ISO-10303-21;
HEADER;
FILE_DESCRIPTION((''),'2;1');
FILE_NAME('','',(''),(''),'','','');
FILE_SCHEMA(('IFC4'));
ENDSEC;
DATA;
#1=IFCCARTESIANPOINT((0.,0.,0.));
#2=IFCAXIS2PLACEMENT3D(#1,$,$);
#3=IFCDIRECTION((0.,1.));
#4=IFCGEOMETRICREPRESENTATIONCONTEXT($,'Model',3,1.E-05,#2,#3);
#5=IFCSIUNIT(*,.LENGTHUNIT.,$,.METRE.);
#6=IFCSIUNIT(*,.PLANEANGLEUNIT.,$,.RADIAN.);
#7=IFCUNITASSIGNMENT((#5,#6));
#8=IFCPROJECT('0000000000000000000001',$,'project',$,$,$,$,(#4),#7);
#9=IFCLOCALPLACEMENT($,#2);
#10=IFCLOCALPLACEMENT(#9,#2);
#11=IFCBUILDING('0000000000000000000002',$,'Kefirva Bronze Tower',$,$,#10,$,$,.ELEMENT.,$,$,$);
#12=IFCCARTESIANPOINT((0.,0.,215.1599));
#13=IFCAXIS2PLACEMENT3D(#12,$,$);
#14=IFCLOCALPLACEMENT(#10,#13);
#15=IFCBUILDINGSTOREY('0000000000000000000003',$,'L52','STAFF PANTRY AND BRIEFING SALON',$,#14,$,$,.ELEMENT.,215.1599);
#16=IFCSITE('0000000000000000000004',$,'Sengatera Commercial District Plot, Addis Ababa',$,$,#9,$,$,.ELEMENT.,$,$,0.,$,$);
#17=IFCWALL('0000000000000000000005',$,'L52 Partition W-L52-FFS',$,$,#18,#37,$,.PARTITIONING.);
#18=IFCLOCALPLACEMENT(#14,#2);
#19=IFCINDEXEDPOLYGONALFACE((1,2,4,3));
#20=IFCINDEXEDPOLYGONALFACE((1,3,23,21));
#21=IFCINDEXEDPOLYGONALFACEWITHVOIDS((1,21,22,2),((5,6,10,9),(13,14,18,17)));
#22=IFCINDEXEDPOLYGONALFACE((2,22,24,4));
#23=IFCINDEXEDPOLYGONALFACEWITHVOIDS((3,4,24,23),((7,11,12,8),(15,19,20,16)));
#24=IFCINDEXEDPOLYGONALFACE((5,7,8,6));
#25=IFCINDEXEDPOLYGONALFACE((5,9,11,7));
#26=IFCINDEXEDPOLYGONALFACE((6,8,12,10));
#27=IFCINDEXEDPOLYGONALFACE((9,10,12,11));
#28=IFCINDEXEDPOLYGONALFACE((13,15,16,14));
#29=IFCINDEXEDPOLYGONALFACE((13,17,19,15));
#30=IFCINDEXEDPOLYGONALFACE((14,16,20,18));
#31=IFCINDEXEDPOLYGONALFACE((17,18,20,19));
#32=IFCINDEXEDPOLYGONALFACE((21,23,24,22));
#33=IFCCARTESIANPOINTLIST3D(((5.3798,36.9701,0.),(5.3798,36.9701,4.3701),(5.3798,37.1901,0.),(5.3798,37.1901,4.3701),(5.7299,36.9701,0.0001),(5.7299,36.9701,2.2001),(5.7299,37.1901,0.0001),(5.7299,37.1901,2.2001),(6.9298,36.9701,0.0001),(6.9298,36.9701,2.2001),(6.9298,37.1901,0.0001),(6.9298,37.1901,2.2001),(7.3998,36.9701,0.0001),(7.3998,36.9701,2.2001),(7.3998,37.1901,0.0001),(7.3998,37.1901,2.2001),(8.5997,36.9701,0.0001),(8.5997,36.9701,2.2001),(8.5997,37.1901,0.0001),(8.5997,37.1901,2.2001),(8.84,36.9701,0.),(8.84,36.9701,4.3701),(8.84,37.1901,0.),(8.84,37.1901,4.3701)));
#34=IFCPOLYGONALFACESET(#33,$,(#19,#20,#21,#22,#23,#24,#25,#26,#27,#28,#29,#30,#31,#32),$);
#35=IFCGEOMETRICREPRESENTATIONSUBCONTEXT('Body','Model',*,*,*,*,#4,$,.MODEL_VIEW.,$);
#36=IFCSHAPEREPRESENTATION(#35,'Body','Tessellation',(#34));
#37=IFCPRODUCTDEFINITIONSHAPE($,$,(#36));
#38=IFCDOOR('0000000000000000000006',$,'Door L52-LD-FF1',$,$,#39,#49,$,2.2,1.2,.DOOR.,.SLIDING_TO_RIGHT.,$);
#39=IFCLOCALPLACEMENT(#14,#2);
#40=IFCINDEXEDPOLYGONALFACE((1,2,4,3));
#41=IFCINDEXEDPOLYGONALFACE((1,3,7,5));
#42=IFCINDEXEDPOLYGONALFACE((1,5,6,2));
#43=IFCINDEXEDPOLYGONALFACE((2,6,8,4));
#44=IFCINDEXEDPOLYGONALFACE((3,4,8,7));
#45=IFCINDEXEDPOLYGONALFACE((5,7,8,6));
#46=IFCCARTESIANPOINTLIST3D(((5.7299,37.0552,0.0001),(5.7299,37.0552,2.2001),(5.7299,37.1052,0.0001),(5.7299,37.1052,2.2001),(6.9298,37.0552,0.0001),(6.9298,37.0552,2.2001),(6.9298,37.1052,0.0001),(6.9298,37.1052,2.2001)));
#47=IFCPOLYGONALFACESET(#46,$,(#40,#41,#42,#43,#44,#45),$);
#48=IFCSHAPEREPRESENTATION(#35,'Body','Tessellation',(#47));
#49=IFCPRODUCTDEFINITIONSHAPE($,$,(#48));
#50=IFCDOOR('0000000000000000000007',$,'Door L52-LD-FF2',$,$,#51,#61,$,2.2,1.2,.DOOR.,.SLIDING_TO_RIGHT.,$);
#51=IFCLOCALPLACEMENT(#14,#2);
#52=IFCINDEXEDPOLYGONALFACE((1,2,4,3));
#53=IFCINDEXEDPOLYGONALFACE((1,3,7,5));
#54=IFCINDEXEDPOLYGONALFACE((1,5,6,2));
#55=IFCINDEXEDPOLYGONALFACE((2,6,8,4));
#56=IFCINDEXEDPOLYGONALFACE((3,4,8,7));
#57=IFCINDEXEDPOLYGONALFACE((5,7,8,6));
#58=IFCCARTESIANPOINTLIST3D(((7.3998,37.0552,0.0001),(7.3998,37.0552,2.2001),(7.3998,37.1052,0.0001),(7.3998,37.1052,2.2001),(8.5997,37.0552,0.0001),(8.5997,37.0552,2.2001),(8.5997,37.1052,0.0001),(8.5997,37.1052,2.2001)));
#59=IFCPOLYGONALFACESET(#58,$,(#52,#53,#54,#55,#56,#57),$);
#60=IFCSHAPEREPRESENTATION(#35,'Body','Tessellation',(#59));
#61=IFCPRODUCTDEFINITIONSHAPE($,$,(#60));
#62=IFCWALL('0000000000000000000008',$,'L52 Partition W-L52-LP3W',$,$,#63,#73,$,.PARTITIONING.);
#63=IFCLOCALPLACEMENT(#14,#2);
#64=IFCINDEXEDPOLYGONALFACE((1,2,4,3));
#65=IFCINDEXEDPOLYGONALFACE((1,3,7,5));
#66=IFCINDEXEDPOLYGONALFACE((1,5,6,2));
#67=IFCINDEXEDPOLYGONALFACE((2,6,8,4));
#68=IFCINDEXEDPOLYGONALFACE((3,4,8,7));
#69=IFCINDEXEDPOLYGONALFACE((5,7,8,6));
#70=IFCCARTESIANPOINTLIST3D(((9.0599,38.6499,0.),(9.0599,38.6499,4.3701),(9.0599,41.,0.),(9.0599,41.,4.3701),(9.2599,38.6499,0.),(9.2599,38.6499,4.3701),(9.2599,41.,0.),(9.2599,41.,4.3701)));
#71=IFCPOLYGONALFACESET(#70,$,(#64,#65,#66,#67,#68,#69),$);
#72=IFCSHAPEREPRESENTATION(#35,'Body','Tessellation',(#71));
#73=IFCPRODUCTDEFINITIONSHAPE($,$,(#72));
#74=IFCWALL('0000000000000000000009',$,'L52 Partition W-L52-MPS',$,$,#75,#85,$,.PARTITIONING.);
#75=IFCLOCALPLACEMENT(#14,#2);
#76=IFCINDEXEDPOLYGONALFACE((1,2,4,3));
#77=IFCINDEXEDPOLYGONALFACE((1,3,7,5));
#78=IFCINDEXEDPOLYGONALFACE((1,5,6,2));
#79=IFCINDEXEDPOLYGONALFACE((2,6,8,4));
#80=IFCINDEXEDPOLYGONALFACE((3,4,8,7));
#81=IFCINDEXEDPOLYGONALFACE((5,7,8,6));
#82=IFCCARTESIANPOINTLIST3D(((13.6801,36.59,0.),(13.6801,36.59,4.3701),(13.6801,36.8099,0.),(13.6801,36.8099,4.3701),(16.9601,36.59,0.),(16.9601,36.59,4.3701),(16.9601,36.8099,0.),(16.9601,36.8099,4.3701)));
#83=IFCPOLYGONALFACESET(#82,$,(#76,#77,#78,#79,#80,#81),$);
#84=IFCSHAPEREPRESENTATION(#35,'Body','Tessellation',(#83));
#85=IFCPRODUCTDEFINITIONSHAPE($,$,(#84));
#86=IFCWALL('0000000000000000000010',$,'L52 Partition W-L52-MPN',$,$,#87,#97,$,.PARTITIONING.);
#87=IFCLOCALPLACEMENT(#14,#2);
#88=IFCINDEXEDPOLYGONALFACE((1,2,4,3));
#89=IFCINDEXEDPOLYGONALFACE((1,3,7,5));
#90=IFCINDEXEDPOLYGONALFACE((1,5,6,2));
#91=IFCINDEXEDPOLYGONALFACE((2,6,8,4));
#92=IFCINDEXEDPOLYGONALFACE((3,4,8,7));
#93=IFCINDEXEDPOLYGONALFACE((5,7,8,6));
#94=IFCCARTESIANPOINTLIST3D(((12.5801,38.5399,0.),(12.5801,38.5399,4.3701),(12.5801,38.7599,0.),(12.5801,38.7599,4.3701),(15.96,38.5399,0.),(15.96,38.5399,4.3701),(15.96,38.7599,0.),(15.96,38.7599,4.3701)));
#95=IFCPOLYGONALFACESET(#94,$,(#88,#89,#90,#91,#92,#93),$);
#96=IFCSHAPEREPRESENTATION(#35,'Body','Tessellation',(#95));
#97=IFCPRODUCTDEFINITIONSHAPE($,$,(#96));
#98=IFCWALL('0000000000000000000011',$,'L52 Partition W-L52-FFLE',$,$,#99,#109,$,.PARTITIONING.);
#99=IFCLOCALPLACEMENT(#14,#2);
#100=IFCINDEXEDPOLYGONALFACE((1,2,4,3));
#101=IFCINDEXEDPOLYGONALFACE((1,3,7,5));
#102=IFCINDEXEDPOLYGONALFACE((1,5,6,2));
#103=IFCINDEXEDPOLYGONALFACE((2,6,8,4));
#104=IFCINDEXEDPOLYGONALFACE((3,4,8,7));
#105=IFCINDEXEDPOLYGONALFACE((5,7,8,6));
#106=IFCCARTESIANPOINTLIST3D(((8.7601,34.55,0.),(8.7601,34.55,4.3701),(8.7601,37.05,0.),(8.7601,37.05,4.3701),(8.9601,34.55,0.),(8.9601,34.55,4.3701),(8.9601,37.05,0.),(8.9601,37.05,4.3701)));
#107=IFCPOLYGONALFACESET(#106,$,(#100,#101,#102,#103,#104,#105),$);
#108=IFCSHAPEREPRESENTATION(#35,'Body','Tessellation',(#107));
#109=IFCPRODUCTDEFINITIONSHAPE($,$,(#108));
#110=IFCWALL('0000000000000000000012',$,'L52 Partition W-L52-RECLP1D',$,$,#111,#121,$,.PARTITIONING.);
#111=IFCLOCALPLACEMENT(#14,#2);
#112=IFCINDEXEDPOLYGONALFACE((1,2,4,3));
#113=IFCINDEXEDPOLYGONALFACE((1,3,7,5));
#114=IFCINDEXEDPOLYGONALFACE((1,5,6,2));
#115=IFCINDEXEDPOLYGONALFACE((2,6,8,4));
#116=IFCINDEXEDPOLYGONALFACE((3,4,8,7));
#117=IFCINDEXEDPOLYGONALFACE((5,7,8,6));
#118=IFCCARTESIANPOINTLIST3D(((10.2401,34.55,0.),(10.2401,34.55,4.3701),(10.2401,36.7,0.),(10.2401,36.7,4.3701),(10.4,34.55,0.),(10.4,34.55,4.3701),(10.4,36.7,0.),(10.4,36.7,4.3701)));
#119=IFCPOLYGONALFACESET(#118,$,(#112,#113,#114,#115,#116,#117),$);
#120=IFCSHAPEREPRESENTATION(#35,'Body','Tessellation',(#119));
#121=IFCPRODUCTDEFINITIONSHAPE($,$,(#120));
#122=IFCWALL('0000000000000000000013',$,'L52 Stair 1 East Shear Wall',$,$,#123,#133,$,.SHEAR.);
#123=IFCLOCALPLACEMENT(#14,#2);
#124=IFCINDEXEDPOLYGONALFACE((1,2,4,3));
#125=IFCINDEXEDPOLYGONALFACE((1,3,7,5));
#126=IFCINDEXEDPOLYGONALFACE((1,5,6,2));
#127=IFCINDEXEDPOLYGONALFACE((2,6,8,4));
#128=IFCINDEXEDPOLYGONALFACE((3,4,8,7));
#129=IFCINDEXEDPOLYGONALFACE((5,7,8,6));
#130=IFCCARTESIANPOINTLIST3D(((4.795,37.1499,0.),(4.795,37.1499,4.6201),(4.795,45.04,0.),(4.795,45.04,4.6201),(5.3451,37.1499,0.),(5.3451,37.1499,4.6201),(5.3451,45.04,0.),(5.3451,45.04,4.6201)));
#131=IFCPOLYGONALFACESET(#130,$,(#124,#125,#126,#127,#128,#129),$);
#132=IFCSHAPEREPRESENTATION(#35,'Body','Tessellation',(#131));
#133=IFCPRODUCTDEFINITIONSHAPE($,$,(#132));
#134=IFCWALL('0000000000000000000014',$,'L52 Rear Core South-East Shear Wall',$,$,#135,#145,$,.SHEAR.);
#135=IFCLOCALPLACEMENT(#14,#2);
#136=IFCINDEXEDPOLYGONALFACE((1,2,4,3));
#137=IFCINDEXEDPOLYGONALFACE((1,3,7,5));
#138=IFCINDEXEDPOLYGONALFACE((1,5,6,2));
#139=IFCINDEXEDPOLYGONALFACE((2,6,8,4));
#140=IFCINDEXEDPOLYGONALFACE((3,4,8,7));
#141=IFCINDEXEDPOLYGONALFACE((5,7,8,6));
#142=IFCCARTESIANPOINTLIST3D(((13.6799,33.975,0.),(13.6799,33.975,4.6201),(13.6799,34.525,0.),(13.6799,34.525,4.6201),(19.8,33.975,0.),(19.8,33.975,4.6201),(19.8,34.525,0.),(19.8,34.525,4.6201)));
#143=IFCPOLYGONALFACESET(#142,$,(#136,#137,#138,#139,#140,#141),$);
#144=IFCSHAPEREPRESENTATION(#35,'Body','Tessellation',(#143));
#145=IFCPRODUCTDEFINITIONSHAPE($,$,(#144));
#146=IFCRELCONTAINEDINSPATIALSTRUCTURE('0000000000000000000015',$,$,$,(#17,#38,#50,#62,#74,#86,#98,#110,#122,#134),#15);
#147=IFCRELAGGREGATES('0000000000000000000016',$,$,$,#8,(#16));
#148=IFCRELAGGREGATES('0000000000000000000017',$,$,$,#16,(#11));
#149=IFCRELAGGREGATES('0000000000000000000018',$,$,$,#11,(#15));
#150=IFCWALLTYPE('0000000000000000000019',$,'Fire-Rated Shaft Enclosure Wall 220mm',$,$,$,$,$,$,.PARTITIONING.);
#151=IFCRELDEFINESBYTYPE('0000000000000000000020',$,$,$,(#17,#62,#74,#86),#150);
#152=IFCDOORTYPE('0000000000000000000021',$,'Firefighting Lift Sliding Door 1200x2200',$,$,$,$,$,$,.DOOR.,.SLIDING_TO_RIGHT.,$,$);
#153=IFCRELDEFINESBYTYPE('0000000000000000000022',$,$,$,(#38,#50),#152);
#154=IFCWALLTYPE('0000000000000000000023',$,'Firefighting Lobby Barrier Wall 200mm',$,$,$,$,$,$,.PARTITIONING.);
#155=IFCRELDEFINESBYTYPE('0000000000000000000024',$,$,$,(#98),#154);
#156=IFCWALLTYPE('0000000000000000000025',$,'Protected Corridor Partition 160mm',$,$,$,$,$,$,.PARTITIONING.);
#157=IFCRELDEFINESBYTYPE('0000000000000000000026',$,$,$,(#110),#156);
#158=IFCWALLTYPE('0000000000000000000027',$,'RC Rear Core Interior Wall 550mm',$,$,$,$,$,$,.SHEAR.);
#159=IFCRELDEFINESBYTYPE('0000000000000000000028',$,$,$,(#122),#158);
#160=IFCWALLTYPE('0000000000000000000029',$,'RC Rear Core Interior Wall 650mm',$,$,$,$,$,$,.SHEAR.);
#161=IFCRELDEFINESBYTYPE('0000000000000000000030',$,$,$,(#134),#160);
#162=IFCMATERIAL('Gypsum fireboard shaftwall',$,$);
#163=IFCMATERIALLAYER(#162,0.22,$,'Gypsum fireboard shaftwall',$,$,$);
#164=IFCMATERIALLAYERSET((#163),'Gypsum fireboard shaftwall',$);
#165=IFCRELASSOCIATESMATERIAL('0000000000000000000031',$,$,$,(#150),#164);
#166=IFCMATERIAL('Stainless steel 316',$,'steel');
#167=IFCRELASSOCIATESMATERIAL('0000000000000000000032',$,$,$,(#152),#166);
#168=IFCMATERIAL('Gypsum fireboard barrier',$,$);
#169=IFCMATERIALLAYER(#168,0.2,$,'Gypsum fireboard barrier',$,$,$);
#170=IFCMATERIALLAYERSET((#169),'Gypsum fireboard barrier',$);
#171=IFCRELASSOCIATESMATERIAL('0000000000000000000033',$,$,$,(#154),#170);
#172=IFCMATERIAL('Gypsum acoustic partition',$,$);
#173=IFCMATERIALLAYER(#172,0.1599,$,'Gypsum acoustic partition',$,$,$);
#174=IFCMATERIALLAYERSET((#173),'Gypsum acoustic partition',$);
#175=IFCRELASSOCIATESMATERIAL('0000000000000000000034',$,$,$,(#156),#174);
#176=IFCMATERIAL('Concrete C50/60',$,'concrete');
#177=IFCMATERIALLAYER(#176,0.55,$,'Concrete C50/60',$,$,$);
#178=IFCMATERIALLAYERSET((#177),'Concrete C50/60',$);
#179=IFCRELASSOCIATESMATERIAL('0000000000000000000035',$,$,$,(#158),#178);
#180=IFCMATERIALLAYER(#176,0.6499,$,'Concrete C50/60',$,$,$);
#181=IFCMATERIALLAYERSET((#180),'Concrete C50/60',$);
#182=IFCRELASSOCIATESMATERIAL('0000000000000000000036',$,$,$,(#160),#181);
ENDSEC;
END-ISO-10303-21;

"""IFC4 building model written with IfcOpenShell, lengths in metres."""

from ifc_helpers import new_model, si_unit, direction, frame, frame_2d, origin, place, context, subcontext, project, spatial, rectangle, extrude, material, layer, layer_set, type_object, element, fill, save


model = new_model("IFC4")

# Units and contexts
model_context = context("Model", 3, precision=1e-05, world=origin(), true_north=direction((0.0, 1.0)))
body_context = subcontext(model_context, "Body", "Model", "MODEL_VIEW")
ifc_project = project(units=[si_unit("LENGTHUNIT", "METRE"), si_unit("PLANEANGLEUNIT", "RADIAN")], contexts=[model_context])

# Site, building, storey
site_placement = place(None, origin())
site = spatial("IfcSite", under=ifc_project, at=site_placement, Name="Sengatera Commercial District Plot, Addis Ababa", CompositionType="ELEMENT", RefElevation=0.0)
building_placement = place(site_placement, origin())
building = spatial("IfcBuilding", under=site, at=building_placement, Name="Kefirva Bronze Tower", CompositionType="ELEMENT")
storey_placement = place(building_placement, frame((0.0, 0.0, 215.1599)))
storey = spatial("IfcBuildingStorey", under=building, at=storey_placement, Name="L52", Description="STAFF PANTRY AND BRIEFING SALON", CompositionType="ELEMENT", Elevation=215.1599)

# Wall, openings, doors
ifc_material_1 = material(Name="Gypsum fireboard shaftwall")
ifc_layer_1 = layer(ifc_material_1, 0.22, Name="Gypsum fireboard shaftwall")
ifc_layer_set_1 = layer_set([ifc_layer_1], Name="Gypsum fireboard shaftwall")
wall_type_1 = type_object("IfcWallType", Name="Fire-Rated Shaft Enclosure Wall 220mm", PredefinedType="PARTITIONING", material=ifc_layer_set_1)
wall_1_placement = place(storey_placement, frame((5.3799, 37.0801, 0.0), z_axis=(0.0, 0.0, 1.0), x_axis=(1.0, 0.0, 0.0)))
wall_1 = element("IfcWall", 1, at=wall_1_placement, inside=storey, type_object=wall_type_1, Name="L52 Partition W-L52-FFS", PredefinedType="PARTITIONING", context=body_context, shape_type="SweptSolid", body=[
    extrude(rectangle(XDim=3.4602, YDim=0.22, at=frame_2d((1.73, 0.0))), origin(), (0.0, 0.0, 1.0), 4.3701),
])
opening_1_placement = place(wall_1_placement, frame((1.55, 0.0, 0.0), z_axis=(0.0, 0.0, 1.0), x_axis=(-1.0, 0.0, 0.0)))
opening_1 = element("IfcOpeningElement", 2, at=opening_1_placement, cuts=wall_1, PredefinedType="OPENING", context=body_context, shape_type="SweptSolid", body=[
    extrude(rectangle(XDim=1.2, YDim=2.2, at=frame_2d((0.6001, 1.1001))), frame((0.0, 0.1201, 0.0), z_axis=(0.0, -1.0, 0.0), x_axis=(1.0, 0.0, 0.0)), (0.0, 0.0, 1.0), 0.24),
])
opening_2_placement = place(wall_1_placement, frame((3.22, 0.0, 0.0), z_axis=(0.0, 0.0, 1.0), x_axis=(-1.0, 0.0, 0.0)))
opening_2 = element("IfcOpeningElement", 3, at=opening_2_placement, cuts=wall_1, PredefinedType="OPENING", context=body_context, shape_type="SweptSolid", body=[
    extrude(rectangle(XDim=1.2, YDim=2.2, at=frame_2d((0.6001, 1.1001))), frame((0.0, 0.1201, 0.0), z_axis=(0.0, -1.0, 0.0), x_axis=(1.0, 0.0, 0.0)), (0.0, 0.0, 1.0), 0.24),
])
ifc_material_2 = material(Name="Stainless steel 316", Category="steel")
door_type_1 = type_object("IfcDoorType", Name="Firefighting Lift Sliding Door 1200x2200", OperationType="SLIDING_TO_RIGHT", PredefinedType="DOOR", material=ifc_material_2)
door_1_placement = place(opening_1_placement, origin())
door_1 = element("IfcDoor", 4, at=door_1_placement, inside=storey, type_object=door_type_1, Name="Door L52-LD-FF1", OperationType="SLIDING_TO_RIGHT", OverallHeight=2.2, OverallWidth=1.2, PredefinedType="DOOR", context=body_context, shape_type="SweptSolid", body=[
    extrude(rectangle(XDim=1.2, YDim=2.2, at=frame_2d((0.6001, 1.1001))), frame((0.0, 0.0249, 0.0), z_axis=(0.0, -1.0, 0.0), x_axis=(1.0, 0.0, 0.0)), (0.0, 0.0, 1.0), 0.05),
])
fill(opening_1, door_1)
door_2_placement = place(opening_2_placement, origin())
door_2 = element("IfcDoor", 5, at=door_2_placement, inside=storey, type_object=door_type_1, Name="Door L52-LD-FF2", OperationType="SLIDING_TO_RIGHT", OverallHeight=2.2, OverallWidth=1.2, PredefinedType="DOOR", context=body_context, shape_type="SweptSolid", body=[
    extrude(rectangle(XDim=1.2, YDim=2.2, at=frame_2d((0.6001, 1.1001))), frame((0.0, 0.0249, 0.0), z_axis=(0.0, -1.0, 0.0), x_axis=(1.0, 0.0, 0.0)), (0.0, 0.0, 1.0), 0.05),
])
fill(opening_2, door_2)

# Walls
wall_2_placement = place(storey_placement, frame((9.1599, 38.6499, 0.0), z_axis=(0.0, 0.0, 1.0), x_axis=(0.0, 1.0, 0.0)))
element("IfcWall", 6, at=wall_2_placement, inside=storey, type_object=wall_type_1, Name="L52 Partition W-L52-LP3W", PredefinedType="PARTITIONING", context=body_context, shape_type="SweptSolid", body=[
    extrude(rectangle(XDim=2.3501, YDim=0.2, at=frame_2d((1.175, 0.0))), origin(), (0.0, 0.0, 1.0), 4.3701),
])
wall_3_placement = place(storey_placement, frame((13.6799, 36.7, 0.0), z_axis=(0.0, 0.0, 1.0), x_axis=(1.0, 0.0, 0.0)))
element("IfcWall", 7, at=wall_3_placement, inside=storey, type_object=wall_type_1, Name="L52 Partition W-L52-MPS", PredefinedType="PARTITIONING", context=body_context, shape_type="SweptSolid", body=[
    extrude(rectangle(XDim=3.28, YDim=0.22, at=frame_2d((1.6401, 0.0))), origin(), (0.0, 0.0, 1.0), 4.3701),
])
wall_4_placement = place(storey_placement, frame((12.5801, 38.6499, 0.0), z_axis=(0.0, 0.0, 1.0), x_axis=(1.0, 0.0, 0.0)))
element("IfcWall", 8, at=wall_4_placement, inside=storey, type_object=wall_type_1, Name="L52 Partition W-L52-MPN", PredefinedType="PARTITIONING", context=body_context, shape_type="SweptSolid", body=[
    extrude(rectangle(XDim=3.3799, YDim=0.22, at=frame_2d((1.6899, 0.0))), origin(), (0.0, 0.0, 1.0), 4.3701),
])
ifc_material_3 = material(Name="Gypsum fireboard barrier")
ifc_layer_2 = layer(ifc_material_3, 0.2, Name="Gypsum fireboard barrier")
ifc_layer_set_2 = layer_set([ifc_layer_2], Name="Gypsum fireboard barrier")
wall_type_2 = type_object("IfcWallType", Name="Firefighting Lobby Barrier Wall 200mm", PredefinedType="PARTITIONING", material=ifc_layer_set_2)
wall_5_placement = place(storey_placement, frame((8.8601, 34.55, 0.0), z_axis=(0.0, 0.0, 1.0), x_axis=(0.0, 1.0, 0.0)))
element("IfcWall", 9, at=wall_5_placement, inside=storey, type_object=wall_type_2, Name="L52 Partition W-L52-FFLE", PredefinedType="PARTITIONING", context=body_context, shape_type="SweptSolid", body=[
    extrude(rectangle(XDim=2.5, YDim=0.2, at=frame_2d((1.25, 0.0))), origin(), (0.0, 0.0, 1.0), 4.3701),
])

# Shared definitions
ifc_material_4 = material(Name="Gypsum acoustic partition")
ifc_layer_3 = layer(ifc_material_4, 0.1599, Name="Gypsum acoustic partition")
ifc_layer_set_3 = layer_set([ifc_layer_3], Name="Gypsum acoustic partition")
wall_type_3 = type_object("IfcWallType", Name="Protected Corridor Partition 160mm", PredefinedType="PARTITIONING", material=ifc_layer_set_3)

# Wall
wall_6_placement = place(storey_placement, frame((10.3201, 34.55, 0.0), z_axis=(0.0, 0.0, 1.0), x_axis=(0.0, 1.0, 0.0)))
element("IfcWall", 10, at=wall_6_placement, inside=storey, type_object=wall_type_3, Name="L52 Partition W-L52-RECLP1D", PredefinedType="PARTITIONING", context=body_context, shape_type="SweptSolid", body=[
    extrude(rectangle(XDim=2.1499, YDim=0.1599, at=frame_2d((1.075, 0.0))), origin(), (0.0, 0.0, 1.0), 4.3701),
])

# Walls
ifc_material_5 = material(Name="Concrete C50/60", Category="concrete")
ifc_layer_4 = layer(ifc_material_5, 0.55, Name="Concrete C50/60")
ifc_layer_set_4 = layer_set([ifc_layer_4], Name="Concrete C50/60")
wall_type_4 = type_object("IfcWallType", Name="RC Rear Core Interior Wall 550mm", PredefinedType="SHEAR", material=ifc_layer_set_4)
wall_7_placement = place(storey_placement, frame((5.0701, 37.1499, 0.0), z_axis=(0.0, 0.0, 1.0), x_axis=(0.0, 1.0, 0.0)))
element("IfcWall", 11, at=wall_7_placement, inside=storey, type_object=wall_type_4, Name="L52 Stair 1 East Shear Wall", PredefinedType="SHEAR", context=body_context, shape_type="SweptSolid", body=[
    extrude(rectangle(XDim=7.8901, YDim=0.55, at=frame_2d((3.9451, 0.0))), origin(), (0.0, 0.0, 1.0), 4.6201),
])
ifc_layer_5 = layer(ifc_material_5, 0.6499, Name="Concrete C50/60")
ifc_layer_set_5 = layer_set([ifc_layer_5], Name="Concrete C50/60")
wall_type_5 = type_object("IfcWallType", Name="RC Rear Core Interior Wall 650mm", PredefinedType="SHEAR", material=ifc_layer_set_5)
wall_8_placement = place(storey_placement, frame((13.6799, 34.25, 0.0), z_axis=(0.0, 0.0, 1.0), x_axis=(1.0, 0.0, 0.0)))
element("IfcWall", 12, at=wall_8_placement, inside=storey, type_object=wall_type_5, Name="L52 Rear Core South-East Shear Wall", PredefinedType="SHEAR", context=body_context, shape_type="SweptSolid", body=[
    extrude(rectangle(XDim=6.1201, YDim=0.55, at=frame_2d((3.0601, 0.0))), origin(), (0.0, 0.0, 1.0), 4.6201),
])

save(model, "model.ifc")
